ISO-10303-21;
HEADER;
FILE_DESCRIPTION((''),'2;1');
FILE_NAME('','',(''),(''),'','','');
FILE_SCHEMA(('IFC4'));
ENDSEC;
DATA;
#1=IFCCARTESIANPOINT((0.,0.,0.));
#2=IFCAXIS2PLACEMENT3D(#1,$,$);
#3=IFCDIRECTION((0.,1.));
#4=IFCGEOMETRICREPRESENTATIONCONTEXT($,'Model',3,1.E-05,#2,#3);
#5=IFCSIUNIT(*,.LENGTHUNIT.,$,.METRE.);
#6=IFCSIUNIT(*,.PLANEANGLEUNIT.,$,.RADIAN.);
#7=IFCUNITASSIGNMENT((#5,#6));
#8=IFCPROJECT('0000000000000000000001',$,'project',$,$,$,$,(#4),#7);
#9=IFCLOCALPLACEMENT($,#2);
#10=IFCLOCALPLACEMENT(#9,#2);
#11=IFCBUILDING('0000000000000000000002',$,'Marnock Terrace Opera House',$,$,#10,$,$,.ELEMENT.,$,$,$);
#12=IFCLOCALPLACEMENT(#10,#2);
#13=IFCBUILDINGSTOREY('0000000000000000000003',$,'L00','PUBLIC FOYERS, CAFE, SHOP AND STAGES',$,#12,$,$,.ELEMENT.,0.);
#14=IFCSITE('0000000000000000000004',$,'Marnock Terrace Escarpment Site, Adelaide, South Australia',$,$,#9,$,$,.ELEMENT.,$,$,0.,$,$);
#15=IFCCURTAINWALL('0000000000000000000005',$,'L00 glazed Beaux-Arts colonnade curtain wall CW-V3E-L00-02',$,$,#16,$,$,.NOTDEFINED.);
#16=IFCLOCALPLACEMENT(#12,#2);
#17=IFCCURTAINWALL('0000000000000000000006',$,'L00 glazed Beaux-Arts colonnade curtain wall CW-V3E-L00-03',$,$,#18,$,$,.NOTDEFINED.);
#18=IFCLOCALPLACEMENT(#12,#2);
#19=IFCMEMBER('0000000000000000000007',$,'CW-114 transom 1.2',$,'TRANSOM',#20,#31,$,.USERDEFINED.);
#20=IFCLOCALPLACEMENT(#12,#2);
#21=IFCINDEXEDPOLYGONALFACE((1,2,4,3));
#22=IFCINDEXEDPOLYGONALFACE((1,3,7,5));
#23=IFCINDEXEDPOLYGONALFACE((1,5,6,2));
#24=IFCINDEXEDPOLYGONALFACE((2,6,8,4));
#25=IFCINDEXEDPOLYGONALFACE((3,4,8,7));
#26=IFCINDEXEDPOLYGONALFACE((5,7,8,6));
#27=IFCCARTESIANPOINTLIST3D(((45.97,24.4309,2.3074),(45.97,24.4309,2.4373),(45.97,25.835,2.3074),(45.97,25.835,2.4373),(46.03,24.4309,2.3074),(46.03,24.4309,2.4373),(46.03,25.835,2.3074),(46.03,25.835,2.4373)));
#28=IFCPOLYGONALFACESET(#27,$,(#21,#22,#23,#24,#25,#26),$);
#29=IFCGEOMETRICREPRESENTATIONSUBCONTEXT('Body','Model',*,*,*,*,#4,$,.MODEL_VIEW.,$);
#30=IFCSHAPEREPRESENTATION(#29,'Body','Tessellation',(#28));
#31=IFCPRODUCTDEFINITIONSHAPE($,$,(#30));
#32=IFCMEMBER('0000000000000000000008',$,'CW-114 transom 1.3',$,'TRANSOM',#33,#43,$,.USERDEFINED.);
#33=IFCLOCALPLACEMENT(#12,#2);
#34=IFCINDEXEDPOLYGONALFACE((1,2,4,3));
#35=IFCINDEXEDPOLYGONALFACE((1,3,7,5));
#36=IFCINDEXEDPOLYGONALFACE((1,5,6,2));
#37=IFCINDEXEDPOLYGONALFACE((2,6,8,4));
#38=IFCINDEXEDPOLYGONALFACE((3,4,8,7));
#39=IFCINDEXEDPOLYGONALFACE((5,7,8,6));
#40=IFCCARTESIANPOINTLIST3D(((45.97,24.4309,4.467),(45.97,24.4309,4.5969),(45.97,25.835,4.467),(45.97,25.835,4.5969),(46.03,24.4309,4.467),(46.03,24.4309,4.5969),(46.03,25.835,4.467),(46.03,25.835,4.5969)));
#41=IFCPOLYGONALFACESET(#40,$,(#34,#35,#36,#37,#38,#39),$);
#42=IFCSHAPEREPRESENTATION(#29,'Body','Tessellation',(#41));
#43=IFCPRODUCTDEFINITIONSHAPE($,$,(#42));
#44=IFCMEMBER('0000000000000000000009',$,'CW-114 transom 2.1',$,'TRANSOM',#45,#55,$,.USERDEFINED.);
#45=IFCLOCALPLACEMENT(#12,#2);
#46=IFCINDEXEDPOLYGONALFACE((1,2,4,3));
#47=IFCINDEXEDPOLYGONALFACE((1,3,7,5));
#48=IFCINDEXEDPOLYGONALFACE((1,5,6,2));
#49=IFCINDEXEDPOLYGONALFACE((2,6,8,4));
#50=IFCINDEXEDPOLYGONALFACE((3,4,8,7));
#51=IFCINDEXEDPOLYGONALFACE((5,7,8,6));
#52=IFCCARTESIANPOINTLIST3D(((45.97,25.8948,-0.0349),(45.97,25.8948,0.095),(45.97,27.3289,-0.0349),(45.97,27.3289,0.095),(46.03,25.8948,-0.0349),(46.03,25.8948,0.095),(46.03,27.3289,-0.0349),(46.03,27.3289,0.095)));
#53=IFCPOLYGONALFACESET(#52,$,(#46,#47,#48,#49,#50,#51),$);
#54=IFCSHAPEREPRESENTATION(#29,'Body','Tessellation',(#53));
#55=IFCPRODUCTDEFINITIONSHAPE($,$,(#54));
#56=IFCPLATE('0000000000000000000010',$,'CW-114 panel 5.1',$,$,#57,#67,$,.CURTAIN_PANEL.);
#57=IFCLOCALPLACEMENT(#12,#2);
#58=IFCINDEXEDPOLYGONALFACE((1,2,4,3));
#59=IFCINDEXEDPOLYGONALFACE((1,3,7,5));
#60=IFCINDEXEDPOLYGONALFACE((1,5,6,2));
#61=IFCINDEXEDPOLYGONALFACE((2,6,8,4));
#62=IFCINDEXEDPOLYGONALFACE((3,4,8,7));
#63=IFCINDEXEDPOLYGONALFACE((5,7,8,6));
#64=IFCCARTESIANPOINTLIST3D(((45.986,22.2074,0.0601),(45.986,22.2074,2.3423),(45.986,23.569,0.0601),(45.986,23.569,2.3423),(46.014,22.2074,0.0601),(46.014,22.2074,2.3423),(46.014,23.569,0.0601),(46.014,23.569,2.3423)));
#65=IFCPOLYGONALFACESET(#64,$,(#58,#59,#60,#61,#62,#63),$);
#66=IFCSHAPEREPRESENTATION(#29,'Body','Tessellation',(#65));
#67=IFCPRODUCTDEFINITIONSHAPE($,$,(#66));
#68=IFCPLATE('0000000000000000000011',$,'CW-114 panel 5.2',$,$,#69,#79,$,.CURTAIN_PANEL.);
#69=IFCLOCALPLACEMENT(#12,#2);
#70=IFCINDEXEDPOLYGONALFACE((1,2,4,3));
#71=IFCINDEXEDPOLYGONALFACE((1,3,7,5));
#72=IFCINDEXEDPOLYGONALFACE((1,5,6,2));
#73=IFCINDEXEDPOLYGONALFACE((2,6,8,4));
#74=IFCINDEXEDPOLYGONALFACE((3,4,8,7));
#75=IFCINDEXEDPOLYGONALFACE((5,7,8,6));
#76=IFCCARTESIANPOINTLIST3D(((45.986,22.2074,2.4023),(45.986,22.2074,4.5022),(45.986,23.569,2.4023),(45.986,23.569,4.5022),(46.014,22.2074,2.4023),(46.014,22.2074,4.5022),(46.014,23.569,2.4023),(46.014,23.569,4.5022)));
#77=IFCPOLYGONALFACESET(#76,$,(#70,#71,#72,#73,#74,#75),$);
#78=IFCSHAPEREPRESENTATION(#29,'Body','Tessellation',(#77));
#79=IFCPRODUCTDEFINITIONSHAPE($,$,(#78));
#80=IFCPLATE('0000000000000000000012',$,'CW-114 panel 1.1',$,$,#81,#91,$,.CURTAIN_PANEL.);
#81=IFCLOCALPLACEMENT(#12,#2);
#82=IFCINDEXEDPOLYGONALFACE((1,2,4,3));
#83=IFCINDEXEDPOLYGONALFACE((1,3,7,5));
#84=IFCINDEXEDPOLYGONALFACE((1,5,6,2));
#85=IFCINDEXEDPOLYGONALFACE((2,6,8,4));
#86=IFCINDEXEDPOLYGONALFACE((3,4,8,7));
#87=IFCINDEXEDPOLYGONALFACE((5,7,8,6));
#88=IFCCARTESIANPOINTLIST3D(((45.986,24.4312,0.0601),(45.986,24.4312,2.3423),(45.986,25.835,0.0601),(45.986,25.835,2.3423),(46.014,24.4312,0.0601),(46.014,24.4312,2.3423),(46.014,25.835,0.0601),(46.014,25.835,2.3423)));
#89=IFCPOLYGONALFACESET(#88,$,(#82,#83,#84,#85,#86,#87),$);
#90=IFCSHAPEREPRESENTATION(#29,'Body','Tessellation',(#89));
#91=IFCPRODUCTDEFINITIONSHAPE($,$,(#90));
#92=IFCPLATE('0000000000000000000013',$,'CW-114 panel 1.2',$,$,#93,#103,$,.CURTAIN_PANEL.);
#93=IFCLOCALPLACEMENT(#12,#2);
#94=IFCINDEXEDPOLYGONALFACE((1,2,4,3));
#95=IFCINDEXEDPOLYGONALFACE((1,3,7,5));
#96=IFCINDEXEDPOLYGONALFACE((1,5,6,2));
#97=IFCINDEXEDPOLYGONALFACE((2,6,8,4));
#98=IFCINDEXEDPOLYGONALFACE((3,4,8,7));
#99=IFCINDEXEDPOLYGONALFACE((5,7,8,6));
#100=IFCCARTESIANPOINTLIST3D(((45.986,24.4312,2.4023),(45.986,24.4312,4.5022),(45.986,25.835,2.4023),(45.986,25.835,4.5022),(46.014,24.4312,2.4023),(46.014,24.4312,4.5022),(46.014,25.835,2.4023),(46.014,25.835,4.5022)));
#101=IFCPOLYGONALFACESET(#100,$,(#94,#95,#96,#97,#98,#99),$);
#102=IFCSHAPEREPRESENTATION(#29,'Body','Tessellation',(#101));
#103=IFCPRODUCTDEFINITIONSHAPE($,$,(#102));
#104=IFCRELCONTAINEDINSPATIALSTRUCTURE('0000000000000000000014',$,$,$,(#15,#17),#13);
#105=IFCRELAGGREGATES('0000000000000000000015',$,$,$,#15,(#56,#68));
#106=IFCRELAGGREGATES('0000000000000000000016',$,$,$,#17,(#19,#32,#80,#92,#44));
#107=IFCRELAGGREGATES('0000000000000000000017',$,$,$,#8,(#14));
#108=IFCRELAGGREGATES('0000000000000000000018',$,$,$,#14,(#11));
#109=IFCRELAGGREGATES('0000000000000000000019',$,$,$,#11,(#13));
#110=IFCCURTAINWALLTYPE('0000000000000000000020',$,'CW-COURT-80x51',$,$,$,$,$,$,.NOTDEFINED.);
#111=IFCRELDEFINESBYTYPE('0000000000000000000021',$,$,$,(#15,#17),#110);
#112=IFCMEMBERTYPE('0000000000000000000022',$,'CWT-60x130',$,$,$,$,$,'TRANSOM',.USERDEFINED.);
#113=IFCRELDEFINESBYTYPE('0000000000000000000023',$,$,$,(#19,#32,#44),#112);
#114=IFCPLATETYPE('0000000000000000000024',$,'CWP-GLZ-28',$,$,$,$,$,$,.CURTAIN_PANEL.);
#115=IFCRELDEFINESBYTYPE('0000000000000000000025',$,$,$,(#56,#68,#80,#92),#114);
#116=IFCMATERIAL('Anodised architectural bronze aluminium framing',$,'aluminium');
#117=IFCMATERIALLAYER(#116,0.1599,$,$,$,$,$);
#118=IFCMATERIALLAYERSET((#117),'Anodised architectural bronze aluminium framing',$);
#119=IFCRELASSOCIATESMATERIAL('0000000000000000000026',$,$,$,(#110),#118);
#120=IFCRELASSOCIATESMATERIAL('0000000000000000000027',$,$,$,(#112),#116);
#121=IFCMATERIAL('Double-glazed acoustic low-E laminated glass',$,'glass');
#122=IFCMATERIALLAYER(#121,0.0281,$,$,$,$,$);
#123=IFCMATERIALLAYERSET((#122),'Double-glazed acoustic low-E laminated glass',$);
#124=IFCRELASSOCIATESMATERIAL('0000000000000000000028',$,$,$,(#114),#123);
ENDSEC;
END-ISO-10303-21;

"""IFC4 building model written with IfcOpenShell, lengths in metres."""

from ifc_helpers import new_model, si_unit, direction, frame, origin, origin_2d, place, context, subcontext, project, spatial, rectangle, extrude, material, layer, layer_set, material_profile, profile_set, type_object, element, aggregate, save


model = new_model("IFC4")

# Units and contexts
model_context = context("Model", 3, precision=1e-05, world=origin(), true_north=direction((0.0, 1.0)))
body_context = subcontext(model_context, "Body", "Model", "MODEL_VIEW")
ifc_project = project(units=[si_unit("LENGTHUNIT", "METRE"), si_unit("PLANEANGLEUNIT", "RADIAN")], contexts=[model_context])

# Site, building, storey
site_placement = place(None, origin())
site = spatial("IfcSite", under=ifc_project, at=site_placement, Name="Marnock Terrace Escarpment Site, Adelaide, South Australia", CompositionType="ELEMENT", RefElevation=0.0)
building_placement = place(site_placement, origin())
building = spatial("IfcBuilding", under=site, at=building_placement, Name="Marnock Terrace Opera House", CompositionType="ELEMENT")
storey_placement = place(building_placement, origin())
storey = spatial("IfcBuildingStorey", under=building, at=storey_placement, Name="L00", Description="PUBLIC FOYERS, CAFE, SHOP AND STAGES", CompositionType="ELEMENT", Elevation=0.0)

# Curtain wall
ifc_material_1 = material(Name="Anodised architectural bronze aluminium framing", Category="aluminium")
ifc_layer_1 = layer(ifc_material_1, 0.1599)
ifc_layer_set_1 = layer_set([ifc_layer_1], Name="Anodised architectural bronze aluminium framing")
curtain_wall_type = type_object("IfcCurtainWallType", Name="CW-COURT-80x51", PredefinedType="NOTDEFINED", material=ifc_layer_set_1)
curtain_wall_1_placement = place(storey_placement, origin())
curtain_wall_1 = element("IfcCurtainWall", 1, at=curtain_wall_1_placement, inside=storey, type_object=curtain_wall_type, Name="L00 glazed Beaux-Arts colonnade curtain wall CW-V3E-L00-02", PredefinedType="NOTDEFINED")

# Curtain wall
curtain_wall_2_placement = place(storey_placement, origin())
curtain_wall_2 = element("IfcCurtainWall", 2, at=curtain_wall_2_placement, inside=storey, type_object=curtain_wall_type, Name="L00 glazed Beaux-Arts colonnade curtain wall CW-V3E-L00-03", PredefinedType="NOTDEFINED")

# Members
ifc_material_profile_1 = material_profile(ifc_material_1, rectangle(XDim=0.0601, YDim=0.1299, at=origin_2d()))
ifc_profile_set_1 = profile_set([ifc_material_profile_1], Name="Anodised architectural bronze aluminium framing")
member_type_1 = type_object("IfcMemberType", Name="CWT-60x130", ElementType="TRANSOM", PredefinedType="USERDEFINED", material=ifc_profile_set_1)
member_1_placement = place(storey_placement, frame((46.0, 24.4309, 2.3723), z_axis=(0.0, 1.0, 0.0), x_axis=(-1.0, 0.0, 0.0)))
member_1 = element("IfcMember", 3, at=member_1_placement, type_object=member_type_1, Name="CW-114 transom 1.2", ObjectType="TRANSOM", PredefinedType="USERDEFINED", context=body_context, shape_type="SweptSolid", body=[
    extrude(rectangle(XDim=0.0601, YDim=0.1299, at=origin_2d()), origin(), (0.0, 0.0, 1.0), 1.4041),
])
member_2_placement = place(storey_placement, frame((46.0, 24.4309, 4.532), z_axis=(0.0, 1.0, 0.0), x_axis=(-1.0, 0.0, 0.0)))
member_2 = element("IfcMember", 4, at=member_2_placement, type_object=member_type_1, Name="CW-114 transom 1.3", ObjectType="TRANSOM", PredefinedType="USERDEFINED", context=body_context, shape_type="SweptSolid", body=[
    extrude(rectangle(XDim=0.0601, YDim=0.1299, at=origin_2d()), origin(), (0.0, 0.0, 1.0), 1.4041),
])
member_3_placement = place(storey_placement, frame((46.0, 25.8948, 0.03), z_axis=(0.0, 1.0, 0.0), x_axis=(-1.0, 0.0, 0.0)))
member_3 = element("IfcMember", 5, at=member_3_placement, type_object=member_type_1, Name="CW-114 transom 2.1", ObjectType="TRANSOM", PredefinedType="USERDEFINED", context=body_context, shape_type="SweptSolid", body=[
    extrude(rectangle(XDim=0.0601, YDim=0.1299, at=origin_2d()), origin(), (0.0, 0.0, 1.0), 1.4341),
])

# Plates
ifc_material_2 = material(Name="Double-glazed acoustic low-E laminated glass", Category="glass")
ifc_layer_2 = layer(ifc_material_2, 0.0281)
ifc_layer_set_2 = layer_set([ifc_layer_2], Name="Double-glazed acoustic low-E laminated glass")
plate_type = type_object("IfcPlateType", Name="CWP-GLZ-28", PredefinedType="CURTAIN_PANEL", material=ifc_layer_set_2)
plate_1_placement = place(storey_placement, frame((46.0, 22.8882, 0.0601), z_axis=(0.0, 0.0, 1.0), x_axis=(0.0, 1.0, 0.0)))
plate_1 = element("IfcPlate", 6, at=plate_1_placement, type_object=plate_type, Name="CW-114 panel 5.1", PredefinedType="CURTAIN_PANEL", context=body_context, shape_type="SweptSolid", body=[
    extrude(rectangle(XDim=1.3616, YDim=0.0281, at=origin_2d()), origin(), (0.0, 0.0, 1.0), 2.2822),
])
plate_2_placement = place(storey_placement, frame((46.0, 22.8882, 2.4023), z_axis=(0.0, 0.0, 1.0), x_axis=(0.0, 1.0, 0.0)))
plate_2 = element("IfcPlate", 7, at=plate_2_placement, type_object=plate_type, Name="CW-114 panel 5.2", PredefinedType="CURTAIN_PANEL", context=body_context, shape_type="SweptSolid", body=[
    extrude(rectangle(XDim=1.3616, YDim=0.0281, at=origin_2d()), origin(), (0.0, 0.0, 1.0), 2.0999),
])
aggregate(curtain_wall_1, [plate_1, plate_2])
plate_3_placement = place(storey_placement, frame((46.0, 25.1331, 0.0601), z_axis=(0.0, 0.0, 1.0), x_axis=(0.0, 1.0, 0.0)))
plate_3 = element("IfcPlate", 8, at=plate_3_placement, type_object=plate_type, Name="CW-114 panel 1.1", PredefinedType="CURTAIN_PANEL", context=body_context, shape_type="SweptSolid", body=[
    extrude(rectangle(XDim=1.4038, YDim=0.0281, at=origin_2d()), origin(), (0.0, 0.0, 1.0), 2.2822),
])
plate_4_placement = place(storey_placement, frame((46.0, 25.1331, 2.4023), z_axis=(0.0, 0.0, 1.0), x_axis=(0.0, 1.0, 0.0)))
plate_4 = element("IfcPlate", 9, at=plate_4_placement, type_object=plate_type, Name="CW-114 panel 1.2", PredefinedType="CURTAIN_PANEL", context=body_context, shape_type="SweptSolid", body=[
    extrude(rectangle(XDim=1.4038, YDim=0.0281, at=origin_2d()), origin(), (0.0, 0.0, 1.0), 2.0999),
])
aggregate(curtain_wall_2, [member_1, member_2, plate_3, plate_4, member_3])

save(model, "model.ifc")
